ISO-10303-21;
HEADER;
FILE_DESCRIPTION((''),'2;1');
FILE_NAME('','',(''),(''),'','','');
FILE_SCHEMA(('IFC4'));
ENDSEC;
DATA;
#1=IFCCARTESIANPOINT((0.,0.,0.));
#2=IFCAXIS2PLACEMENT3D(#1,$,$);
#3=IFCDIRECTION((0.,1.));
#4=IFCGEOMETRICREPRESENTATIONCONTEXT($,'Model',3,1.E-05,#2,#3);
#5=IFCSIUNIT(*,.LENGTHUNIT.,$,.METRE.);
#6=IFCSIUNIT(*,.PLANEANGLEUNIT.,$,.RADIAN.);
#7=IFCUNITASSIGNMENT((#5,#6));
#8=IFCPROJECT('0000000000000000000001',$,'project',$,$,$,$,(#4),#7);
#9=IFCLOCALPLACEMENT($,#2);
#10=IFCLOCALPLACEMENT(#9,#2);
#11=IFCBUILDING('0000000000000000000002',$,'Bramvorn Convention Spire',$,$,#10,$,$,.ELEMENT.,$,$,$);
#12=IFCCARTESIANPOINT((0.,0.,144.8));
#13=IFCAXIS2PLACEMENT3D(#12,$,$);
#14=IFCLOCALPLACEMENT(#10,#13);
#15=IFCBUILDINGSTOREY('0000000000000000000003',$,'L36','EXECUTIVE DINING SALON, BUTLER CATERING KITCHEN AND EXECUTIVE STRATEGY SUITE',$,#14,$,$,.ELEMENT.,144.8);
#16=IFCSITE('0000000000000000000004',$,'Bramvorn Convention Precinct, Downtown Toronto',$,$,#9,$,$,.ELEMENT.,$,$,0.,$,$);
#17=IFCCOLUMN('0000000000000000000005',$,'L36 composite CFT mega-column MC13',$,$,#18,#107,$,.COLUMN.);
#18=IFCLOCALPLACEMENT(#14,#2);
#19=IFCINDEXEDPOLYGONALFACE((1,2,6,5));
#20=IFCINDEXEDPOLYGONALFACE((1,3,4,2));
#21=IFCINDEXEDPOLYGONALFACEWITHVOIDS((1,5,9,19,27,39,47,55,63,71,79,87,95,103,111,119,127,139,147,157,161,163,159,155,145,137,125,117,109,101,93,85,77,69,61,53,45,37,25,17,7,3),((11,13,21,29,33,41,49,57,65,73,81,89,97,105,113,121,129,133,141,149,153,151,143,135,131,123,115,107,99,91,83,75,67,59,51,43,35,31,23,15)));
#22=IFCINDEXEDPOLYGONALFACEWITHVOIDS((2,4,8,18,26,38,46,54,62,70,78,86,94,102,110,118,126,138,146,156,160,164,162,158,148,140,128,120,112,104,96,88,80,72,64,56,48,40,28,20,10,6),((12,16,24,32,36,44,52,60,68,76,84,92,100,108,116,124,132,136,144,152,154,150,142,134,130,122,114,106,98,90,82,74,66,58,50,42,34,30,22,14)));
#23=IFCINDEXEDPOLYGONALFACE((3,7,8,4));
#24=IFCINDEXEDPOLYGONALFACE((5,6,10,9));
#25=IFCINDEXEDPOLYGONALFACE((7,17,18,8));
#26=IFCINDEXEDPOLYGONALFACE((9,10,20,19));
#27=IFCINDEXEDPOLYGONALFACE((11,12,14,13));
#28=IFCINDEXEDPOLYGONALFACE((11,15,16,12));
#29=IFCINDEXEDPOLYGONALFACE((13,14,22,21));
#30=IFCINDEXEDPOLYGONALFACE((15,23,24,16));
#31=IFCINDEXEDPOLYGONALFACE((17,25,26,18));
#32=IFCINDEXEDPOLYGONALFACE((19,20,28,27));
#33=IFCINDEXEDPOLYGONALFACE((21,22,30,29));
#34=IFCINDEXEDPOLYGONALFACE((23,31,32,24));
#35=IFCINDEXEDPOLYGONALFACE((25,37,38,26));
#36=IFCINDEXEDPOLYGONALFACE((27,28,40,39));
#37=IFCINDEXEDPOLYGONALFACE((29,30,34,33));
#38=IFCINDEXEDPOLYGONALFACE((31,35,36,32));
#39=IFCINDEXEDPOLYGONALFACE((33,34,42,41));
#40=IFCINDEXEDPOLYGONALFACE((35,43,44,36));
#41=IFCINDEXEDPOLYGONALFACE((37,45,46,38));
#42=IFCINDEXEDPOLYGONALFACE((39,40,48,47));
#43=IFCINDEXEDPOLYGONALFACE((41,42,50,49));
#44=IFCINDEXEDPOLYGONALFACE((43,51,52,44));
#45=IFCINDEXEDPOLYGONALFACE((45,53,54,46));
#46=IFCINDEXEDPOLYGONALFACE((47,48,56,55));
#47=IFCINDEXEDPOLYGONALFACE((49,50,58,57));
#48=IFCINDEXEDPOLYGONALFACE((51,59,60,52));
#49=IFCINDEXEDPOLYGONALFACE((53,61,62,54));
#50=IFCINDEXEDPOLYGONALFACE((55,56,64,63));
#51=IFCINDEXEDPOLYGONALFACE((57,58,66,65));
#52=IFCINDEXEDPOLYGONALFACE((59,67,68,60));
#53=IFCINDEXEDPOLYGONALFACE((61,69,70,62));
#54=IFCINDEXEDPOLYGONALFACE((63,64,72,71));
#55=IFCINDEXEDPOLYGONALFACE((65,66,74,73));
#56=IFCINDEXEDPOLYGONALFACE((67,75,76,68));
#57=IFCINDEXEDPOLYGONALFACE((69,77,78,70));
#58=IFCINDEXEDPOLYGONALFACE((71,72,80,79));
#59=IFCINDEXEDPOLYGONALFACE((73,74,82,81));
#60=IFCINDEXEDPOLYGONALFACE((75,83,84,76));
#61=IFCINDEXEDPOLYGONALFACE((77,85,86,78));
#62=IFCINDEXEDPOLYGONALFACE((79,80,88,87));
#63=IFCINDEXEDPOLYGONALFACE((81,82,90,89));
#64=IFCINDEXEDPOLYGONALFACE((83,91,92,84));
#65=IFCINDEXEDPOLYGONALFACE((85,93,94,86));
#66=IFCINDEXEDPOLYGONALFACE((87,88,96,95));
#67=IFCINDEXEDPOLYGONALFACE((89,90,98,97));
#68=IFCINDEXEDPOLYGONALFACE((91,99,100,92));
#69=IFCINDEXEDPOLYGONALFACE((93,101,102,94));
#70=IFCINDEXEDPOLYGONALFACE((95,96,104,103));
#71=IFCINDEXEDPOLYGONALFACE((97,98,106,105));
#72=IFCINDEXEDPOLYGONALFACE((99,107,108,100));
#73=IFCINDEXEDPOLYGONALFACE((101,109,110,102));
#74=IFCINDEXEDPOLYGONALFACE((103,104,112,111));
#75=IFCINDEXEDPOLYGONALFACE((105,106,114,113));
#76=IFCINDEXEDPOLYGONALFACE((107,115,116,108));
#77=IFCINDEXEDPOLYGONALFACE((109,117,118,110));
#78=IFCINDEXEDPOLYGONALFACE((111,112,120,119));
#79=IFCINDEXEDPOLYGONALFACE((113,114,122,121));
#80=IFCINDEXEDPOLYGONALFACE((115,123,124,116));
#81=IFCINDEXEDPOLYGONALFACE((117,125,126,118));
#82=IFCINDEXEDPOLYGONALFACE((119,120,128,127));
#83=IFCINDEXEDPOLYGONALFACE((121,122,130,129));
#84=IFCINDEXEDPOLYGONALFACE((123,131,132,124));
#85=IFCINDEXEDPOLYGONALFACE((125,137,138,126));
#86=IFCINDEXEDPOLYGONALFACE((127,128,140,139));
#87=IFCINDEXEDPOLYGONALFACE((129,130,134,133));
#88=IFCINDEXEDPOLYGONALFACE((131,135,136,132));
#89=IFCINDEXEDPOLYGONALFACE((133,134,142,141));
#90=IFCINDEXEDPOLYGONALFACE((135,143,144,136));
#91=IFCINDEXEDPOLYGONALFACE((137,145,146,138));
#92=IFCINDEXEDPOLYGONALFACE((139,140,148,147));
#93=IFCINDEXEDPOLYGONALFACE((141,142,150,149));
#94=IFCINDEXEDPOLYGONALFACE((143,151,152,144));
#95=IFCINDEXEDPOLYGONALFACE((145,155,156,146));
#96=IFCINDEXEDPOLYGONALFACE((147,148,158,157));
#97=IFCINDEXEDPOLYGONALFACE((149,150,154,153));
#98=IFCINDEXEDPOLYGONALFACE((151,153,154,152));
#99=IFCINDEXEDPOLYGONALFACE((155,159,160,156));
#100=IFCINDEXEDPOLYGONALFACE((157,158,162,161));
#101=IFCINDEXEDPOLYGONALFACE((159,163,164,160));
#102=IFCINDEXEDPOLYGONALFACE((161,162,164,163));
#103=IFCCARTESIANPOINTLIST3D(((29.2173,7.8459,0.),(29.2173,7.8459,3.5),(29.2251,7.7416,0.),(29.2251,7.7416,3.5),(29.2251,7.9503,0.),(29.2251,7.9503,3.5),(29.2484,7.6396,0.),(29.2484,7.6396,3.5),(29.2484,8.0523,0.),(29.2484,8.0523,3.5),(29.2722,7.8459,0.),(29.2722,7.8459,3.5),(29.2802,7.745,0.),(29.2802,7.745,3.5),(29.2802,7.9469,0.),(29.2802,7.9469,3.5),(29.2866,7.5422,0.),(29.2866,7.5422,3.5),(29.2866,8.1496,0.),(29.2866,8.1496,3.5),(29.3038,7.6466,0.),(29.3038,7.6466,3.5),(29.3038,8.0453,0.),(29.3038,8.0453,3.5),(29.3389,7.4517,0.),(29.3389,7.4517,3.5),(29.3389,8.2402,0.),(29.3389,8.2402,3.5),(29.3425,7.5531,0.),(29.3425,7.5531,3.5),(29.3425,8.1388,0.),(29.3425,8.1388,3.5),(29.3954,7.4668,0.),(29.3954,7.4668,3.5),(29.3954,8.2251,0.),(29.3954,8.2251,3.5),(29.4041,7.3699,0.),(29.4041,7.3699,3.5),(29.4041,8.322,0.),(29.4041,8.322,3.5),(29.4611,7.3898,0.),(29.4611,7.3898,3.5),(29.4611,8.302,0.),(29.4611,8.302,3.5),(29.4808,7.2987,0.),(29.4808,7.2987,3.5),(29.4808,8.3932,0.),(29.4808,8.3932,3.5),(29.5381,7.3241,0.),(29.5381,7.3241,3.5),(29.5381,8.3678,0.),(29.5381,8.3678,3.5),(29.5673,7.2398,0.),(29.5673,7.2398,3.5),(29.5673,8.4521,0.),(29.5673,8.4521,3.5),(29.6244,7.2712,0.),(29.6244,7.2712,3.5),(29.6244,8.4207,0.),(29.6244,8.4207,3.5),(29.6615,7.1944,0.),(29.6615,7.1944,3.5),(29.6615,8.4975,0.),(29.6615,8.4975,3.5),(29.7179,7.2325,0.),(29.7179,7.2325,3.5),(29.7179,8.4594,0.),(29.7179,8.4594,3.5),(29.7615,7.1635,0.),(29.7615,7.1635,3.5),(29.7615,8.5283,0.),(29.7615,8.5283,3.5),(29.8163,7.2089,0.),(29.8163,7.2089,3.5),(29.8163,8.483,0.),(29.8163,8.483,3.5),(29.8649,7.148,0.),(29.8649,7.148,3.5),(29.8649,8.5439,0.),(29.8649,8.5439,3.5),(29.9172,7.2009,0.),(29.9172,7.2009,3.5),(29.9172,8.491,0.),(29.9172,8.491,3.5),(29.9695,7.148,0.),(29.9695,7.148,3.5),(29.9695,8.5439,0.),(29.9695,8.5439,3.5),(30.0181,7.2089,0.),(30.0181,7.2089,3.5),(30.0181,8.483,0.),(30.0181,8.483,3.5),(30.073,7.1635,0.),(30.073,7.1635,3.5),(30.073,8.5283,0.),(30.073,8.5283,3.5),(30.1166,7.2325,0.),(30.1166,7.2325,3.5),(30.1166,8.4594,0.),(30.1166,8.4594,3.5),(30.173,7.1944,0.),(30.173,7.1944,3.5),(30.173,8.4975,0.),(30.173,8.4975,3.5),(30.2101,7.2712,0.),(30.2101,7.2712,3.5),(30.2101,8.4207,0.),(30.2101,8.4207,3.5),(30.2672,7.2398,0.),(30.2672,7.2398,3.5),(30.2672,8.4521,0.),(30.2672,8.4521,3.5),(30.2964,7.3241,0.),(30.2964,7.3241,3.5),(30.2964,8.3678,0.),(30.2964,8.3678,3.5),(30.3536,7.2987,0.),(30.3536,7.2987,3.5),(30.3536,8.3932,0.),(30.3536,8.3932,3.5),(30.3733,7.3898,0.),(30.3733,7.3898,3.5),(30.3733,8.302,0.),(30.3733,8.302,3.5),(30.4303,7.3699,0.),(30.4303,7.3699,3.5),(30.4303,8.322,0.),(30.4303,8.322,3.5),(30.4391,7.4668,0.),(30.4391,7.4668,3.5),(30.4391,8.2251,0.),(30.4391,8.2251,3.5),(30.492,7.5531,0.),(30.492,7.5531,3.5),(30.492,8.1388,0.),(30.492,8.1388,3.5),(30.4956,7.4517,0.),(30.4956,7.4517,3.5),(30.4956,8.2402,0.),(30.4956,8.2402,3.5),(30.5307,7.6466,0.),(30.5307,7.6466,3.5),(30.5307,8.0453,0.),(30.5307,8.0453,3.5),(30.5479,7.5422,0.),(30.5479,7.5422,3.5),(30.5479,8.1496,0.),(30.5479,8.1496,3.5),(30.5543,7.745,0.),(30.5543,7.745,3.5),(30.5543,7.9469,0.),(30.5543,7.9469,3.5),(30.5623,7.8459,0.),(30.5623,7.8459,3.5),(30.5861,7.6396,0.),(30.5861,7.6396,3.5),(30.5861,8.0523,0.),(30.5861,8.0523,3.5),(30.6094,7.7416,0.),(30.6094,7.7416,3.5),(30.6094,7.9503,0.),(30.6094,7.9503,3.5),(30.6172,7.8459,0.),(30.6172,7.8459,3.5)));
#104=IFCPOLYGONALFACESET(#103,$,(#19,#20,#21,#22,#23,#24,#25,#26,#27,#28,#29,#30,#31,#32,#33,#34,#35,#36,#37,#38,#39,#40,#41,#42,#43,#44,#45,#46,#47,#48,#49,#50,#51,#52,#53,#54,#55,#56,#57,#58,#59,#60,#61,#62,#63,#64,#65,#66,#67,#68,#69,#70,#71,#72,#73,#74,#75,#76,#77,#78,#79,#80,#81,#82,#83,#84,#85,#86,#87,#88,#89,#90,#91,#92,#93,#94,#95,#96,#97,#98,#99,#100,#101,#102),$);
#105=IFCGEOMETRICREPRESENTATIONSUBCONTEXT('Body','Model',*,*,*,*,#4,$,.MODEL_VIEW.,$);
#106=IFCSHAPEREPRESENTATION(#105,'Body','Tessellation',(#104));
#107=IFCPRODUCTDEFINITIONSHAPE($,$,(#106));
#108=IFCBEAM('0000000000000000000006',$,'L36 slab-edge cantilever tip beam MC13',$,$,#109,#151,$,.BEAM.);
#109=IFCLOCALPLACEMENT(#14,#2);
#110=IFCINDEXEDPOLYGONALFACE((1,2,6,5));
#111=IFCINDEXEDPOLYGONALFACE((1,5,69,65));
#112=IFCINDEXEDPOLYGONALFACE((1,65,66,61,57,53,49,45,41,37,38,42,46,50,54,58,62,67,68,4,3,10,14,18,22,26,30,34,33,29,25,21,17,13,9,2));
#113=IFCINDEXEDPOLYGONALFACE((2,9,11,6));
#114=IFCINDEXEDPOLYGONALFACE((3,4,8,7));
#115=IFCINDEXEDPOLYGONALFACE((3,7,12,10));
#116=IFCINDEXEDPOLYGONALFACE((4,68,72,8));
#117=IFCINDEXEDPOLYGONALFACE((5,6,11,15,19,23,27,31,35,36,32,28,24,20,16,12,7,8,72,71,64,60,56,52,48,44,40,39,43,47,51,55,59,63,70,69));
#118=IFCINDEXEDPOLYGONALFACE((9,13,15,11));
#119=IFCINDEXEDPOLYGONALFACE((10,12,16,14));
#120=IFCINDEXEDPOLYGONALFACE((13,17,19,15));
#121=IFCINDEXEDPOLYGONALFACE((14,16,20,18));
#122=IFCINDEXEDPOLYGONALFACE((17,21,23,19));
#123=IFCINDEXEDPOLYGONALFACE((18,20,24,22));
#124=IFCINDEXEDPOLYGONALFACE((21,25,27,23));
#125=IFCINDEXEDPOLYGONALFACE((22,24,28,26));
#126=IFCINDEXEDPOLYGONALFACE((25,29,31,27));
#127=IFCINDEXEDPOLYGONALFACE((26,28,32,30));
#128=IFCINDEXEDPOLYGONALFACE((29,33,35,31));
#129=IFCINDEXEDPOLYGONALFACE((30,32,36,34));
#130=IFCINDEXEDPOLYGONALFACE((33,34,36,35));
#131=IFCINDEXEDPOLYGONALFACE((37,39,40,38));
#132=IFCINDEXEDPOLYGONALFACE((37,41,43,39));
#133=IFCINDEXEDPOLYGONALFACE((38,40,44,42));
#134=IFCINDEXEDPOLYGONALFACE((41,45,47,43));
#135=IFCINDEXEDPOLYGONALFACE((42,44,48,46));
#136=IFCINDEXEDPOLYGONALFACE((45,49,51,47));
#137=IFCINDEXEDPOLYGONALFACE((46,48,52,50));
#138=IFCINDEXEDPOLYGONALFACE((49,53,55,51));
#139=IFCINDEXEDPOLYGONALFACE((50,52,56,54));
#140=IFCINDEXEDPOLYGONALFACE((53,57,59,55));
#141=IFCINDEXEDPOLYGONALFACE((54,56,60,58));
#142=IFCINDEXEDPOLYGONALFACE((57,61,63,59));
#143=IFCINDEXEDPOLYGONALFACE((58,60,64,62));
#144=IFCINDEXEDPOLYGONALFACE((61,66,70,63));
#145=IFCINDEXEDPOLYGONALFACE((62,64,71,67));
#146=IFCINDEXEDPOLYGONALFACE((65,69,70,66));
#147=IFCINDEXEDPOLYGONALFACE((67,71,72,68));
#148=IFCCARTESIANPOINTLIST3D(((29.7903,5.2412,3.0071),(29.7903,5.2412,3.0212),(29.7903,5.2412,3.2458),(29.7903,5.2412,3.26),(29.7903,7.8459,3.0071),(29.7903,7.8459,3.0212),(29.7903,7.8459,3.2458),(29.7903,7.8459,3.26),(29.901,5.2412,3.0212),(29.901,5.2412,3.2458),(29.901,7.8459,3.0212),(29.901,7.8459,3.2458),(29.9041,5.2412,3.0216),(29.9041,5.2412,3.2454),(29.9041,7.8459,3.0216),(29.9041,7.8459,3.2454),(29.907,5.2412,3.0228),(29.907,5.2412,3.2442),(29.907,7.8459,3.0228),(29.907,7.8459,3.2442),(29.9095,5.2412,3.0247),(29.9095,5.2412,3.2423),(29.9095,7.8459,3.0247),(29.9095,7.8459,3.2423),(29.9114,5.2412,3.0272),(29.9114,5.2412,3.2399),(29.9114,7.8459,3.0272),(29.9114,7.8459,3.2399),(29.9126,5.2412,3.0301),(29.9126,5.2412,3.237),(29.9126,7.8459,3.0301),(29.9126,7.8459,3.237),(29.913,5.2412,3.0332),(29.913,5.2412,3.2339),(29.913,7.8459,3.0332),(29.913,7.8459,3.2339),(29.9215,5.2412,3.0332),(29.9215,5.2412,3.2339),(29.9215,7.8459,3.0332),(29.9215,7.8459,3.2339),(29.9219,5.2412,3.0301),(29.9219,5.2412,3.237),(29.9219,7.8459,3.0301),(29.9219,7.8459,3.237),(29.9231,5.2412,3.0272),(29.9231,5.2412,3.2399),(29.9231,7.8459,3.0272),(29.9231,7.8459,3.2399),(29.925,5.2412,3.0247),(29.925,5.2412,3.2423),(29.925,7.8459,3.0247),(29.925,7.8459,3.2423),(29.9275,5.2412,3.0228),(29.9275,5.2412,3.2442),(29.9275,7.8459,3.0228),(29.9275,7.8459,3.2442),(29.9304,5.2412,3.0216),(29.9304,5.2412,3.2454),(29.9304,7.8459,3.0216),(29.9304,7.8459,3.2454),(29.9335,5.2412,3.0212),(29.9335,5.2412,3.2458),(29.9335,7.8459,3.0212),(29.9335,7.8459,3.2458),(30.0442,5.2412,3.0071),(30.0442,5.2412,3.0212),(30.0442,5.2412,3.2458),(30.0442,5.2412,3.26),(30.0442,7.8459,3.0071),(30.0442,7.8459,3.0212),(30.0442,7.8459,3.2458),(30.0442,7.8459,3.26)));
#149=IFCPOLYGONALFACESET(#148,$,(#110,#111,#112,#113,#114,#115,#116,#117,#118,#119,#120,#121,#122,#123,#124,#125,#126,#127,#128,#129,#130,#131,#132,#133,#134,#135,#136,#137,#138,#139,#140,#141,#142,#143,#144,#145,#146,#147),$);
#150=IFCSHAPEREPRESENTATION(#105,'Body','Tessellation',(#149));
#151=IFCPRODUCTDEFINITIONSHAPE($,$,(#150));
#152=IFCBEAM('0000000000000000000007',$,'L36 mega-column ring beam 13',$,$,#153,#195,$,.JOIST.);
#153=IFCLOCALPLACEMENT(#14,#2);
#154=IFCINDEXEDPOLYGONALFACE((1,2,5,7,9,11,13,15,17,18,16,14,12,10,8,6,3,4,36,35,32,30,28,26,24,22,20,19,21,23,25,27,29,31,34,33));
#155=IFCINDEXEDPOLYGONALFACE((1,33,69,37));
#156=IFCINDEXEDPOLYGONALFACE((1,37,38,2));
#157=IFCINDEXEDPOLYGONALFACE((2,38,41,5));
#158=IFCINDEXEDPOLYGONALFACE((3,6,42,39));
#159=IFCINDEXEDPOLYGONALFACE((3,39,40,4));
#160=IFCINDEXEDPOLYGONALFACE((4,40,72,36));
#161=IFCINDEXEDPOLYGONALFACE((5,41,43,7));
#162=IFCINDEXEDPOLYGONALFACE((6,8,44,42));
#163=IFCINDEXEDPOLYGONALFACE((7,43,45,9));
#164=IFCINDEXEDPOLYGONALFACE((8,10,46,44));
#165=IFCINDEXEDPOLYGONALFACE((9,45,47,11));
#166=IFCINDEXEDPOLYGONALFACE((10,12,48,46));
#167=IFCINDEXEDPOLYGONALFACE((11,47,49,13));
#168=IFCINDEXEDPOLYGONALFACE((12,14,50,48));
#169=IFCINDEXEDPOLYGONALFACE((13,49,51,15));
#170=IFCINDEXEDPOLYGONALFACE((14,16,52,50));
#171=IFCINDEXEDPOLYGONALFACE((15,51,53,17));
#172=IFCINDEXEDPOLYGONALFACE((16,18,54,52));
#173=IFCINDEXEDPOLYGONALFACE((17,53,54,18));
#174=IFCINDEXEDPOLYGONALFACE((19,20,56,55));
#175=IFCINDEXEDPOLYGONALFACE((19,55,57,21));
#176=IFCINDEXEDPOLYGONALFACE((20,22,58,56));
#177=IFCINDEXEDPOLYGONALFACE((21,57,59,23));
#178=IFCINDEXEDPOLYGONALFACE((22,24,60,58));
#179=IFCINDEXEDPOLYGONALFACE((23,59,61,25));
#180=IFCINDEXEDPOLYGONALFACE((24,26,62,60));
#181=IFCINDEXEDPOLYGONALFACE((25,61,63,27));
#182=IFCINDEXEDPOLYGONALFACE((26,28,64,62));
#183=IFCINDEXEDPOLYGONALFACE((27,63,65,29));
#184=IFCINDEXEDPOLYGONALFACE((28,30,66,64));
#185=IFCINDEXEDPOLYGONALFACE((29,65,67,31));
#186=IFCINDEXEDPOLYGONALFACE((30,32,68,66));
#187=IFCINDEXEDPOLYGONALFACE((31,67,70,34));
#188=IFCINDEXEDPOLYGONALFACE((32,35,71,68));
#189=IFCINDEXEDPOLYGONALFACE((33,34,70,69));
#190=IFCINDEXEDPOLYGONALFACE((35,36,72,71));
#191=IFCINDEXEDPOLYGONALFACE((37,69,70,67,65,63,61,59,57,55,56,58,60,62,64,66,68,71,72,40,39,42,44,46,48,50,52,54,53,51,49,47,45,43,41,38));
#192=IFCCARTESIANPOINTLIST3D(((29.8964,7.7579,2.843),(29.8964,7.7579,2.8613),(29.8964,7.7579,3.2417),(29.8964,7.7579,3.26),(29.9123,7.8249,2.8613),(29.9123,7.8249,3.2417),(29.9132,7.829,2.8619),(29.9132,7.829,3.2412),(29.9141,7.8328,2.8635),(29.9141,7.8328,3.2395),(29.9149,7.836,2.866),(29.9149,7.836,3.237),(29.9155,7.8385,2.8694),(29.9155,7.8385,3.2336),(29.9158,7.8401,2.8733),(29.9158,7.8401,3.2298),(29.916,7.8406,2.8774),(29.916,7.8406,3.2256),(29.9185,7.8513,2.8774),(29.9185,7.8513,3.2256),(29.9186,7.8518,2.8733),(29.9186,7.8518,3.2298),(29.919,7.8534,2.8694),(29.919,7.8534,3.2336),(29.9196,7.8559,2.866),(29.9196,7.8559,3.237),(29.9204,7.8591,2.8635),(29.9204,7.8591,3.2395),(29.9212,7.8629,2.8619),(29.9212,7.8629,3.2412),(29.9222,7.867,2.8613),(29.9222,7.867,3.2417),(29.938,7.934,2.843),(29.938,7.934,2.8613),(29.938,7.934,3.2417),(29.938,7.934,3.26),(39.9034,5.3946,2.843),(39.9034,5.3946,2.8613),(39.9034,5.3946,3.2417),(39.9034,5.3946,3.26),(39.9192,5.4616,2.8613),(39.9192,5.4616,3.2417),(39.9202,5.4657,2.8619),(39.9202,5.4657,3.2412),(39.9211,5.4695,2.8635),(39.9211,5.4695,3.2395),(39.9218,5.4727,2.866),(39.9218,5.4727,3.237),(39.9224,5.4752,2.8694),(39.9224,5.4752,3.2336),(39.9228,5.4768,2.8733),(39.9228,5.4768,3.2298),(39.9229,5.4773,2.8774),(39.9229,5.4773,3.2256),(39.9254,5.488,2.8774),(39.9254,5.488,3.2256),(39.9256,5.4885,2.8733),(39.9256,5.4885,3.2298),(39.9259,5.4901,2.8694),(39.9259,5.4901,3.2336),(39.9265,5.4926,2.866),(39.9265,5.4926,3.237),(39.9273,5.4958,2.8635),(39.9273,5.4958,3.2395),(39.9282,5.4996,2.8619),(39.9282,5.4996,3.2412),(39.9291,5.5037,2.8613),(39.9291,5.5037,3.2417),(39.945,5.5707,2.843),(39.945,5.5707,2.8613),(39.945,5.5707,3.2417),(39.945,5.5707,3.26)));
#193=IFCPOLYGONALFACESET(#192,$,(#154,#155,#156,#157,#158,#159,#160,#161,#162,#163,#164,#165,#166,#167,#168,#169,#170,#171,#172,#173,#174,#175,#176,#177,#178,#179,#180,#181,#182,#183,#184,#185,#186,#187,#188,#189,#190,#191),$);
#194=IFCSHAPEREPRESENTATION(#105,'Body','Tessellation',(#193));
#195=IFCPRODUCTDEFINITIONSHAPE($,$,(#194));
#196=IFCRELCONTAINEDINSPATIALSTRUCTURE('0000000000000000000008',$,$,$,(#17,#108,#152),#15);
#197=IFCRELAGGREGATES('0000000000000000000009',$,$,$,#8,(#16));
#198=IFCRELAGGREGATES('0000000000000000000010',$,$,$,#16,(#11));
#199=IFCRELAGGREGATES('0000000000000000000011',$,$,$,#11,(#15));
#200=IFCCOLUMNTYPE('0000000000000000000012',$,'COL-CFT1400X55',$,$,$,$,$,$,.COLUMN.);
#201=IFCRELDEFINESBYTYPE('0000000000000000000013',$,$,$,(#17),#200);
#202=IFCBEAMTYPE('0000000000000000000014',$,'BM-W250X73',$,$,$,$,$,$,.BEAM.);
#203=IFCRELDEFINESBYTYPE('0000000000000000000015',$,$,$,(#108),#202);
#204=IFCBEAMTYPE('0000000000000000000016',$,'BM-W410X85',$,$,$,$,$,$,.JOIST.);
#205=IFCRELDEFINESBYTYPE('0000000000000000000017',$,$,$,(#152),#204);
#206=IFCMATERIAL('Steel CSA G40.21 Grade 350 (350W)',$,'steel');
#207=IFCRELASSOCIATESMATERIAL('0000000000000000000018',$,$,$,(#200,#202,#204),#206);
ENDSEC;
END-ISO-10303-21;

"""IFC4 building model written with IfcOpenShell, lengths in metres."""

from ifc_helpers import new_model, si_unit, direction, frame, origin, origin_2d, place, context, subcontext, project, spatial, hollow_circle, i_section, extrude, material, material_profile, profile_set, type_object, element, save


model = new_model("IFC4")

# Units and contexts
model_context = context("Model", 3, precision=1e-05, world=origin(), true_north=direction((0.0, 1.0)))
body_context = subcontext(model_context, "Body", "Model", "MODEL_VIEW")
ifc_project = project(units=[si_unit("LENGTHUNIT", "METRE"), si_unit("PLANEANGLEUNIT", "RADIAN")], contexts=[model_context])

# Site, building, storey
site_placement = place(None, origin())
site = spatial("IfcSite", under=ifc_project, at=site_placement, Name="Bramvorn Convention Precinct, Downtown Toronto", CompositionType="ELEMENT", RefElevation=0.0)
building_placement = place(site_placement, origin())
building = spatial("IfcBuilding", under=site, at=building_placement, Name="Bramvorn Convention Spire", CompositionType="ELEMENT")
storey_placement = place(building_placement, frame((0.0, 0.0, 144.8)))
storey = spatial("IfcBuildingStorey", under=building, at=storey_placement, Name="L36", Description="EXECUTIVE DINING SALON, BUTLER CATERING KITCHEN AND EXECUTIVE STRATEGY SUITE", CompositionType="ELEMENT", Elevation=144.8)

# Column
ifc_material_1 = material(Name="Steel CSA G40.21 Grade 350 (350W)", Category="steel")
ifc_material_profile_1 = material_profile(ifc_material_1, hollow_circle(Radius=0.7, WallThickness=0.0549, at=origin_2d()))
ifc_profile_set_1 = profile_set([ifc_material_profile_1], Name="Steel CSA G40.21 Grade 350 (350W) - CFT1400X55")
column_type = type_object("IfcColumnType", Name="COL-CFT1400X55", PredefinedType="COLUMN", material=ifc_profile_set_1)
column_placement = place(storey_placement, frame((29.9172, 7.8459, 0.0), z_axis=(0.0, 0.0, 1.0), x_axis=(1.0, 0.0, 0.0)))
element("IfcColumn", 1, at=column_placement, inside=storey, type_object=column_type, Name="L36 composite CFT mega-column MC13", PredefinedType="COLUMN", context=body_context, shape_type="SweptSolid", body=[
    extrude(hollow_circle(Radius=0.7, WallThickness=0.0549, at=origin_2d()), origin(), (0.0, 0.0, 1.0), 3.5),
])

# Beams
ifc_material_profile_2 = material_profile(ifc_material_1, i_section(OverallWidth=0.2539, OverallDepth=0.2529, WebThickness=0.0085, FlangeThickness=0.0142, FilletRadius=0.012, at=origin_2d()))
ifc_profile_set_2 = profile_set([ifc_material_profile_2], Name="Steel CSA G40.21 Grade 350 (350W) - W250X73")
beam_type_1 = type_object("IfcBeamType", Name="BM-W250X73", PredefinedType="BEAM", material=ifc_profile_set_2)
beam_1_placement = place(storey_placement, frame((29.9172, 7.8459, 3.1335), z_axis=(0.0, -1.0, 0.0), x_axis=(1.0, 0.0, 0.0)))
element("IfcBeam", 2, at=beam_1_placement, inside=storey, type_object=beam_type_1, Name="L36 slab-edge cantilever tip beam MC13", PredefinedType="BEAM", context=body_context, shape_type="SweptSolid", body=[
    extrude(i_section(OverallWidth=0.2539, OverallDepth=0.2529, WebThickness=0.0085, FlangeThickness=0.0142, FilletRadius=0.012, at=origin_2d()), origin(), (0.0, 0.0, 1.0), 2.6047),
])
ifc_material_profile_3 = material_profile(ifc_material_1, i_section(OverallWidth=0.1809, OverallDepth=0.417, WebThickness=0.011, FlangeThickness=0.0183, FilletRadius=0.0161, at=origin_2d()))
ifc_profile_set_3 = profile_set([ifc_material_profile_3], Name="Steel CSA G40.21 Grade 350 (350W) - W410X85")
beam_type_2 = type_object("IfcBeamType", Name="BM-W410X85", PredefinedType="JOIST", material=ifc_profile_set_3)
beam_2_placement = place(storey_placement, frame((29.9172, 7.8459, 3.0515), z_axis=(0.973228, -0.229844, 0.0), x_axis=(0.229844, 0.973228, 0.0)))
element("IfcBeam", 3, at=beam_2_placement, inside=storey, type_object=beam_type_2, Name="L36 mega-column ring beam 13", PredefinedType="JOIST", context=body_context, shape_type="SweptSolid", body=[
    extrude(i_section(OverallWidth=0.1809, OverallDepth=0.417, WebThickness=0.011, FlangeThickness=0.0183, FilletRadius=0.0161, at=origin_2d()), origin(), (0.0, 0.0, 1.0), 10.2822),
])

save(model, "model.ifc")
